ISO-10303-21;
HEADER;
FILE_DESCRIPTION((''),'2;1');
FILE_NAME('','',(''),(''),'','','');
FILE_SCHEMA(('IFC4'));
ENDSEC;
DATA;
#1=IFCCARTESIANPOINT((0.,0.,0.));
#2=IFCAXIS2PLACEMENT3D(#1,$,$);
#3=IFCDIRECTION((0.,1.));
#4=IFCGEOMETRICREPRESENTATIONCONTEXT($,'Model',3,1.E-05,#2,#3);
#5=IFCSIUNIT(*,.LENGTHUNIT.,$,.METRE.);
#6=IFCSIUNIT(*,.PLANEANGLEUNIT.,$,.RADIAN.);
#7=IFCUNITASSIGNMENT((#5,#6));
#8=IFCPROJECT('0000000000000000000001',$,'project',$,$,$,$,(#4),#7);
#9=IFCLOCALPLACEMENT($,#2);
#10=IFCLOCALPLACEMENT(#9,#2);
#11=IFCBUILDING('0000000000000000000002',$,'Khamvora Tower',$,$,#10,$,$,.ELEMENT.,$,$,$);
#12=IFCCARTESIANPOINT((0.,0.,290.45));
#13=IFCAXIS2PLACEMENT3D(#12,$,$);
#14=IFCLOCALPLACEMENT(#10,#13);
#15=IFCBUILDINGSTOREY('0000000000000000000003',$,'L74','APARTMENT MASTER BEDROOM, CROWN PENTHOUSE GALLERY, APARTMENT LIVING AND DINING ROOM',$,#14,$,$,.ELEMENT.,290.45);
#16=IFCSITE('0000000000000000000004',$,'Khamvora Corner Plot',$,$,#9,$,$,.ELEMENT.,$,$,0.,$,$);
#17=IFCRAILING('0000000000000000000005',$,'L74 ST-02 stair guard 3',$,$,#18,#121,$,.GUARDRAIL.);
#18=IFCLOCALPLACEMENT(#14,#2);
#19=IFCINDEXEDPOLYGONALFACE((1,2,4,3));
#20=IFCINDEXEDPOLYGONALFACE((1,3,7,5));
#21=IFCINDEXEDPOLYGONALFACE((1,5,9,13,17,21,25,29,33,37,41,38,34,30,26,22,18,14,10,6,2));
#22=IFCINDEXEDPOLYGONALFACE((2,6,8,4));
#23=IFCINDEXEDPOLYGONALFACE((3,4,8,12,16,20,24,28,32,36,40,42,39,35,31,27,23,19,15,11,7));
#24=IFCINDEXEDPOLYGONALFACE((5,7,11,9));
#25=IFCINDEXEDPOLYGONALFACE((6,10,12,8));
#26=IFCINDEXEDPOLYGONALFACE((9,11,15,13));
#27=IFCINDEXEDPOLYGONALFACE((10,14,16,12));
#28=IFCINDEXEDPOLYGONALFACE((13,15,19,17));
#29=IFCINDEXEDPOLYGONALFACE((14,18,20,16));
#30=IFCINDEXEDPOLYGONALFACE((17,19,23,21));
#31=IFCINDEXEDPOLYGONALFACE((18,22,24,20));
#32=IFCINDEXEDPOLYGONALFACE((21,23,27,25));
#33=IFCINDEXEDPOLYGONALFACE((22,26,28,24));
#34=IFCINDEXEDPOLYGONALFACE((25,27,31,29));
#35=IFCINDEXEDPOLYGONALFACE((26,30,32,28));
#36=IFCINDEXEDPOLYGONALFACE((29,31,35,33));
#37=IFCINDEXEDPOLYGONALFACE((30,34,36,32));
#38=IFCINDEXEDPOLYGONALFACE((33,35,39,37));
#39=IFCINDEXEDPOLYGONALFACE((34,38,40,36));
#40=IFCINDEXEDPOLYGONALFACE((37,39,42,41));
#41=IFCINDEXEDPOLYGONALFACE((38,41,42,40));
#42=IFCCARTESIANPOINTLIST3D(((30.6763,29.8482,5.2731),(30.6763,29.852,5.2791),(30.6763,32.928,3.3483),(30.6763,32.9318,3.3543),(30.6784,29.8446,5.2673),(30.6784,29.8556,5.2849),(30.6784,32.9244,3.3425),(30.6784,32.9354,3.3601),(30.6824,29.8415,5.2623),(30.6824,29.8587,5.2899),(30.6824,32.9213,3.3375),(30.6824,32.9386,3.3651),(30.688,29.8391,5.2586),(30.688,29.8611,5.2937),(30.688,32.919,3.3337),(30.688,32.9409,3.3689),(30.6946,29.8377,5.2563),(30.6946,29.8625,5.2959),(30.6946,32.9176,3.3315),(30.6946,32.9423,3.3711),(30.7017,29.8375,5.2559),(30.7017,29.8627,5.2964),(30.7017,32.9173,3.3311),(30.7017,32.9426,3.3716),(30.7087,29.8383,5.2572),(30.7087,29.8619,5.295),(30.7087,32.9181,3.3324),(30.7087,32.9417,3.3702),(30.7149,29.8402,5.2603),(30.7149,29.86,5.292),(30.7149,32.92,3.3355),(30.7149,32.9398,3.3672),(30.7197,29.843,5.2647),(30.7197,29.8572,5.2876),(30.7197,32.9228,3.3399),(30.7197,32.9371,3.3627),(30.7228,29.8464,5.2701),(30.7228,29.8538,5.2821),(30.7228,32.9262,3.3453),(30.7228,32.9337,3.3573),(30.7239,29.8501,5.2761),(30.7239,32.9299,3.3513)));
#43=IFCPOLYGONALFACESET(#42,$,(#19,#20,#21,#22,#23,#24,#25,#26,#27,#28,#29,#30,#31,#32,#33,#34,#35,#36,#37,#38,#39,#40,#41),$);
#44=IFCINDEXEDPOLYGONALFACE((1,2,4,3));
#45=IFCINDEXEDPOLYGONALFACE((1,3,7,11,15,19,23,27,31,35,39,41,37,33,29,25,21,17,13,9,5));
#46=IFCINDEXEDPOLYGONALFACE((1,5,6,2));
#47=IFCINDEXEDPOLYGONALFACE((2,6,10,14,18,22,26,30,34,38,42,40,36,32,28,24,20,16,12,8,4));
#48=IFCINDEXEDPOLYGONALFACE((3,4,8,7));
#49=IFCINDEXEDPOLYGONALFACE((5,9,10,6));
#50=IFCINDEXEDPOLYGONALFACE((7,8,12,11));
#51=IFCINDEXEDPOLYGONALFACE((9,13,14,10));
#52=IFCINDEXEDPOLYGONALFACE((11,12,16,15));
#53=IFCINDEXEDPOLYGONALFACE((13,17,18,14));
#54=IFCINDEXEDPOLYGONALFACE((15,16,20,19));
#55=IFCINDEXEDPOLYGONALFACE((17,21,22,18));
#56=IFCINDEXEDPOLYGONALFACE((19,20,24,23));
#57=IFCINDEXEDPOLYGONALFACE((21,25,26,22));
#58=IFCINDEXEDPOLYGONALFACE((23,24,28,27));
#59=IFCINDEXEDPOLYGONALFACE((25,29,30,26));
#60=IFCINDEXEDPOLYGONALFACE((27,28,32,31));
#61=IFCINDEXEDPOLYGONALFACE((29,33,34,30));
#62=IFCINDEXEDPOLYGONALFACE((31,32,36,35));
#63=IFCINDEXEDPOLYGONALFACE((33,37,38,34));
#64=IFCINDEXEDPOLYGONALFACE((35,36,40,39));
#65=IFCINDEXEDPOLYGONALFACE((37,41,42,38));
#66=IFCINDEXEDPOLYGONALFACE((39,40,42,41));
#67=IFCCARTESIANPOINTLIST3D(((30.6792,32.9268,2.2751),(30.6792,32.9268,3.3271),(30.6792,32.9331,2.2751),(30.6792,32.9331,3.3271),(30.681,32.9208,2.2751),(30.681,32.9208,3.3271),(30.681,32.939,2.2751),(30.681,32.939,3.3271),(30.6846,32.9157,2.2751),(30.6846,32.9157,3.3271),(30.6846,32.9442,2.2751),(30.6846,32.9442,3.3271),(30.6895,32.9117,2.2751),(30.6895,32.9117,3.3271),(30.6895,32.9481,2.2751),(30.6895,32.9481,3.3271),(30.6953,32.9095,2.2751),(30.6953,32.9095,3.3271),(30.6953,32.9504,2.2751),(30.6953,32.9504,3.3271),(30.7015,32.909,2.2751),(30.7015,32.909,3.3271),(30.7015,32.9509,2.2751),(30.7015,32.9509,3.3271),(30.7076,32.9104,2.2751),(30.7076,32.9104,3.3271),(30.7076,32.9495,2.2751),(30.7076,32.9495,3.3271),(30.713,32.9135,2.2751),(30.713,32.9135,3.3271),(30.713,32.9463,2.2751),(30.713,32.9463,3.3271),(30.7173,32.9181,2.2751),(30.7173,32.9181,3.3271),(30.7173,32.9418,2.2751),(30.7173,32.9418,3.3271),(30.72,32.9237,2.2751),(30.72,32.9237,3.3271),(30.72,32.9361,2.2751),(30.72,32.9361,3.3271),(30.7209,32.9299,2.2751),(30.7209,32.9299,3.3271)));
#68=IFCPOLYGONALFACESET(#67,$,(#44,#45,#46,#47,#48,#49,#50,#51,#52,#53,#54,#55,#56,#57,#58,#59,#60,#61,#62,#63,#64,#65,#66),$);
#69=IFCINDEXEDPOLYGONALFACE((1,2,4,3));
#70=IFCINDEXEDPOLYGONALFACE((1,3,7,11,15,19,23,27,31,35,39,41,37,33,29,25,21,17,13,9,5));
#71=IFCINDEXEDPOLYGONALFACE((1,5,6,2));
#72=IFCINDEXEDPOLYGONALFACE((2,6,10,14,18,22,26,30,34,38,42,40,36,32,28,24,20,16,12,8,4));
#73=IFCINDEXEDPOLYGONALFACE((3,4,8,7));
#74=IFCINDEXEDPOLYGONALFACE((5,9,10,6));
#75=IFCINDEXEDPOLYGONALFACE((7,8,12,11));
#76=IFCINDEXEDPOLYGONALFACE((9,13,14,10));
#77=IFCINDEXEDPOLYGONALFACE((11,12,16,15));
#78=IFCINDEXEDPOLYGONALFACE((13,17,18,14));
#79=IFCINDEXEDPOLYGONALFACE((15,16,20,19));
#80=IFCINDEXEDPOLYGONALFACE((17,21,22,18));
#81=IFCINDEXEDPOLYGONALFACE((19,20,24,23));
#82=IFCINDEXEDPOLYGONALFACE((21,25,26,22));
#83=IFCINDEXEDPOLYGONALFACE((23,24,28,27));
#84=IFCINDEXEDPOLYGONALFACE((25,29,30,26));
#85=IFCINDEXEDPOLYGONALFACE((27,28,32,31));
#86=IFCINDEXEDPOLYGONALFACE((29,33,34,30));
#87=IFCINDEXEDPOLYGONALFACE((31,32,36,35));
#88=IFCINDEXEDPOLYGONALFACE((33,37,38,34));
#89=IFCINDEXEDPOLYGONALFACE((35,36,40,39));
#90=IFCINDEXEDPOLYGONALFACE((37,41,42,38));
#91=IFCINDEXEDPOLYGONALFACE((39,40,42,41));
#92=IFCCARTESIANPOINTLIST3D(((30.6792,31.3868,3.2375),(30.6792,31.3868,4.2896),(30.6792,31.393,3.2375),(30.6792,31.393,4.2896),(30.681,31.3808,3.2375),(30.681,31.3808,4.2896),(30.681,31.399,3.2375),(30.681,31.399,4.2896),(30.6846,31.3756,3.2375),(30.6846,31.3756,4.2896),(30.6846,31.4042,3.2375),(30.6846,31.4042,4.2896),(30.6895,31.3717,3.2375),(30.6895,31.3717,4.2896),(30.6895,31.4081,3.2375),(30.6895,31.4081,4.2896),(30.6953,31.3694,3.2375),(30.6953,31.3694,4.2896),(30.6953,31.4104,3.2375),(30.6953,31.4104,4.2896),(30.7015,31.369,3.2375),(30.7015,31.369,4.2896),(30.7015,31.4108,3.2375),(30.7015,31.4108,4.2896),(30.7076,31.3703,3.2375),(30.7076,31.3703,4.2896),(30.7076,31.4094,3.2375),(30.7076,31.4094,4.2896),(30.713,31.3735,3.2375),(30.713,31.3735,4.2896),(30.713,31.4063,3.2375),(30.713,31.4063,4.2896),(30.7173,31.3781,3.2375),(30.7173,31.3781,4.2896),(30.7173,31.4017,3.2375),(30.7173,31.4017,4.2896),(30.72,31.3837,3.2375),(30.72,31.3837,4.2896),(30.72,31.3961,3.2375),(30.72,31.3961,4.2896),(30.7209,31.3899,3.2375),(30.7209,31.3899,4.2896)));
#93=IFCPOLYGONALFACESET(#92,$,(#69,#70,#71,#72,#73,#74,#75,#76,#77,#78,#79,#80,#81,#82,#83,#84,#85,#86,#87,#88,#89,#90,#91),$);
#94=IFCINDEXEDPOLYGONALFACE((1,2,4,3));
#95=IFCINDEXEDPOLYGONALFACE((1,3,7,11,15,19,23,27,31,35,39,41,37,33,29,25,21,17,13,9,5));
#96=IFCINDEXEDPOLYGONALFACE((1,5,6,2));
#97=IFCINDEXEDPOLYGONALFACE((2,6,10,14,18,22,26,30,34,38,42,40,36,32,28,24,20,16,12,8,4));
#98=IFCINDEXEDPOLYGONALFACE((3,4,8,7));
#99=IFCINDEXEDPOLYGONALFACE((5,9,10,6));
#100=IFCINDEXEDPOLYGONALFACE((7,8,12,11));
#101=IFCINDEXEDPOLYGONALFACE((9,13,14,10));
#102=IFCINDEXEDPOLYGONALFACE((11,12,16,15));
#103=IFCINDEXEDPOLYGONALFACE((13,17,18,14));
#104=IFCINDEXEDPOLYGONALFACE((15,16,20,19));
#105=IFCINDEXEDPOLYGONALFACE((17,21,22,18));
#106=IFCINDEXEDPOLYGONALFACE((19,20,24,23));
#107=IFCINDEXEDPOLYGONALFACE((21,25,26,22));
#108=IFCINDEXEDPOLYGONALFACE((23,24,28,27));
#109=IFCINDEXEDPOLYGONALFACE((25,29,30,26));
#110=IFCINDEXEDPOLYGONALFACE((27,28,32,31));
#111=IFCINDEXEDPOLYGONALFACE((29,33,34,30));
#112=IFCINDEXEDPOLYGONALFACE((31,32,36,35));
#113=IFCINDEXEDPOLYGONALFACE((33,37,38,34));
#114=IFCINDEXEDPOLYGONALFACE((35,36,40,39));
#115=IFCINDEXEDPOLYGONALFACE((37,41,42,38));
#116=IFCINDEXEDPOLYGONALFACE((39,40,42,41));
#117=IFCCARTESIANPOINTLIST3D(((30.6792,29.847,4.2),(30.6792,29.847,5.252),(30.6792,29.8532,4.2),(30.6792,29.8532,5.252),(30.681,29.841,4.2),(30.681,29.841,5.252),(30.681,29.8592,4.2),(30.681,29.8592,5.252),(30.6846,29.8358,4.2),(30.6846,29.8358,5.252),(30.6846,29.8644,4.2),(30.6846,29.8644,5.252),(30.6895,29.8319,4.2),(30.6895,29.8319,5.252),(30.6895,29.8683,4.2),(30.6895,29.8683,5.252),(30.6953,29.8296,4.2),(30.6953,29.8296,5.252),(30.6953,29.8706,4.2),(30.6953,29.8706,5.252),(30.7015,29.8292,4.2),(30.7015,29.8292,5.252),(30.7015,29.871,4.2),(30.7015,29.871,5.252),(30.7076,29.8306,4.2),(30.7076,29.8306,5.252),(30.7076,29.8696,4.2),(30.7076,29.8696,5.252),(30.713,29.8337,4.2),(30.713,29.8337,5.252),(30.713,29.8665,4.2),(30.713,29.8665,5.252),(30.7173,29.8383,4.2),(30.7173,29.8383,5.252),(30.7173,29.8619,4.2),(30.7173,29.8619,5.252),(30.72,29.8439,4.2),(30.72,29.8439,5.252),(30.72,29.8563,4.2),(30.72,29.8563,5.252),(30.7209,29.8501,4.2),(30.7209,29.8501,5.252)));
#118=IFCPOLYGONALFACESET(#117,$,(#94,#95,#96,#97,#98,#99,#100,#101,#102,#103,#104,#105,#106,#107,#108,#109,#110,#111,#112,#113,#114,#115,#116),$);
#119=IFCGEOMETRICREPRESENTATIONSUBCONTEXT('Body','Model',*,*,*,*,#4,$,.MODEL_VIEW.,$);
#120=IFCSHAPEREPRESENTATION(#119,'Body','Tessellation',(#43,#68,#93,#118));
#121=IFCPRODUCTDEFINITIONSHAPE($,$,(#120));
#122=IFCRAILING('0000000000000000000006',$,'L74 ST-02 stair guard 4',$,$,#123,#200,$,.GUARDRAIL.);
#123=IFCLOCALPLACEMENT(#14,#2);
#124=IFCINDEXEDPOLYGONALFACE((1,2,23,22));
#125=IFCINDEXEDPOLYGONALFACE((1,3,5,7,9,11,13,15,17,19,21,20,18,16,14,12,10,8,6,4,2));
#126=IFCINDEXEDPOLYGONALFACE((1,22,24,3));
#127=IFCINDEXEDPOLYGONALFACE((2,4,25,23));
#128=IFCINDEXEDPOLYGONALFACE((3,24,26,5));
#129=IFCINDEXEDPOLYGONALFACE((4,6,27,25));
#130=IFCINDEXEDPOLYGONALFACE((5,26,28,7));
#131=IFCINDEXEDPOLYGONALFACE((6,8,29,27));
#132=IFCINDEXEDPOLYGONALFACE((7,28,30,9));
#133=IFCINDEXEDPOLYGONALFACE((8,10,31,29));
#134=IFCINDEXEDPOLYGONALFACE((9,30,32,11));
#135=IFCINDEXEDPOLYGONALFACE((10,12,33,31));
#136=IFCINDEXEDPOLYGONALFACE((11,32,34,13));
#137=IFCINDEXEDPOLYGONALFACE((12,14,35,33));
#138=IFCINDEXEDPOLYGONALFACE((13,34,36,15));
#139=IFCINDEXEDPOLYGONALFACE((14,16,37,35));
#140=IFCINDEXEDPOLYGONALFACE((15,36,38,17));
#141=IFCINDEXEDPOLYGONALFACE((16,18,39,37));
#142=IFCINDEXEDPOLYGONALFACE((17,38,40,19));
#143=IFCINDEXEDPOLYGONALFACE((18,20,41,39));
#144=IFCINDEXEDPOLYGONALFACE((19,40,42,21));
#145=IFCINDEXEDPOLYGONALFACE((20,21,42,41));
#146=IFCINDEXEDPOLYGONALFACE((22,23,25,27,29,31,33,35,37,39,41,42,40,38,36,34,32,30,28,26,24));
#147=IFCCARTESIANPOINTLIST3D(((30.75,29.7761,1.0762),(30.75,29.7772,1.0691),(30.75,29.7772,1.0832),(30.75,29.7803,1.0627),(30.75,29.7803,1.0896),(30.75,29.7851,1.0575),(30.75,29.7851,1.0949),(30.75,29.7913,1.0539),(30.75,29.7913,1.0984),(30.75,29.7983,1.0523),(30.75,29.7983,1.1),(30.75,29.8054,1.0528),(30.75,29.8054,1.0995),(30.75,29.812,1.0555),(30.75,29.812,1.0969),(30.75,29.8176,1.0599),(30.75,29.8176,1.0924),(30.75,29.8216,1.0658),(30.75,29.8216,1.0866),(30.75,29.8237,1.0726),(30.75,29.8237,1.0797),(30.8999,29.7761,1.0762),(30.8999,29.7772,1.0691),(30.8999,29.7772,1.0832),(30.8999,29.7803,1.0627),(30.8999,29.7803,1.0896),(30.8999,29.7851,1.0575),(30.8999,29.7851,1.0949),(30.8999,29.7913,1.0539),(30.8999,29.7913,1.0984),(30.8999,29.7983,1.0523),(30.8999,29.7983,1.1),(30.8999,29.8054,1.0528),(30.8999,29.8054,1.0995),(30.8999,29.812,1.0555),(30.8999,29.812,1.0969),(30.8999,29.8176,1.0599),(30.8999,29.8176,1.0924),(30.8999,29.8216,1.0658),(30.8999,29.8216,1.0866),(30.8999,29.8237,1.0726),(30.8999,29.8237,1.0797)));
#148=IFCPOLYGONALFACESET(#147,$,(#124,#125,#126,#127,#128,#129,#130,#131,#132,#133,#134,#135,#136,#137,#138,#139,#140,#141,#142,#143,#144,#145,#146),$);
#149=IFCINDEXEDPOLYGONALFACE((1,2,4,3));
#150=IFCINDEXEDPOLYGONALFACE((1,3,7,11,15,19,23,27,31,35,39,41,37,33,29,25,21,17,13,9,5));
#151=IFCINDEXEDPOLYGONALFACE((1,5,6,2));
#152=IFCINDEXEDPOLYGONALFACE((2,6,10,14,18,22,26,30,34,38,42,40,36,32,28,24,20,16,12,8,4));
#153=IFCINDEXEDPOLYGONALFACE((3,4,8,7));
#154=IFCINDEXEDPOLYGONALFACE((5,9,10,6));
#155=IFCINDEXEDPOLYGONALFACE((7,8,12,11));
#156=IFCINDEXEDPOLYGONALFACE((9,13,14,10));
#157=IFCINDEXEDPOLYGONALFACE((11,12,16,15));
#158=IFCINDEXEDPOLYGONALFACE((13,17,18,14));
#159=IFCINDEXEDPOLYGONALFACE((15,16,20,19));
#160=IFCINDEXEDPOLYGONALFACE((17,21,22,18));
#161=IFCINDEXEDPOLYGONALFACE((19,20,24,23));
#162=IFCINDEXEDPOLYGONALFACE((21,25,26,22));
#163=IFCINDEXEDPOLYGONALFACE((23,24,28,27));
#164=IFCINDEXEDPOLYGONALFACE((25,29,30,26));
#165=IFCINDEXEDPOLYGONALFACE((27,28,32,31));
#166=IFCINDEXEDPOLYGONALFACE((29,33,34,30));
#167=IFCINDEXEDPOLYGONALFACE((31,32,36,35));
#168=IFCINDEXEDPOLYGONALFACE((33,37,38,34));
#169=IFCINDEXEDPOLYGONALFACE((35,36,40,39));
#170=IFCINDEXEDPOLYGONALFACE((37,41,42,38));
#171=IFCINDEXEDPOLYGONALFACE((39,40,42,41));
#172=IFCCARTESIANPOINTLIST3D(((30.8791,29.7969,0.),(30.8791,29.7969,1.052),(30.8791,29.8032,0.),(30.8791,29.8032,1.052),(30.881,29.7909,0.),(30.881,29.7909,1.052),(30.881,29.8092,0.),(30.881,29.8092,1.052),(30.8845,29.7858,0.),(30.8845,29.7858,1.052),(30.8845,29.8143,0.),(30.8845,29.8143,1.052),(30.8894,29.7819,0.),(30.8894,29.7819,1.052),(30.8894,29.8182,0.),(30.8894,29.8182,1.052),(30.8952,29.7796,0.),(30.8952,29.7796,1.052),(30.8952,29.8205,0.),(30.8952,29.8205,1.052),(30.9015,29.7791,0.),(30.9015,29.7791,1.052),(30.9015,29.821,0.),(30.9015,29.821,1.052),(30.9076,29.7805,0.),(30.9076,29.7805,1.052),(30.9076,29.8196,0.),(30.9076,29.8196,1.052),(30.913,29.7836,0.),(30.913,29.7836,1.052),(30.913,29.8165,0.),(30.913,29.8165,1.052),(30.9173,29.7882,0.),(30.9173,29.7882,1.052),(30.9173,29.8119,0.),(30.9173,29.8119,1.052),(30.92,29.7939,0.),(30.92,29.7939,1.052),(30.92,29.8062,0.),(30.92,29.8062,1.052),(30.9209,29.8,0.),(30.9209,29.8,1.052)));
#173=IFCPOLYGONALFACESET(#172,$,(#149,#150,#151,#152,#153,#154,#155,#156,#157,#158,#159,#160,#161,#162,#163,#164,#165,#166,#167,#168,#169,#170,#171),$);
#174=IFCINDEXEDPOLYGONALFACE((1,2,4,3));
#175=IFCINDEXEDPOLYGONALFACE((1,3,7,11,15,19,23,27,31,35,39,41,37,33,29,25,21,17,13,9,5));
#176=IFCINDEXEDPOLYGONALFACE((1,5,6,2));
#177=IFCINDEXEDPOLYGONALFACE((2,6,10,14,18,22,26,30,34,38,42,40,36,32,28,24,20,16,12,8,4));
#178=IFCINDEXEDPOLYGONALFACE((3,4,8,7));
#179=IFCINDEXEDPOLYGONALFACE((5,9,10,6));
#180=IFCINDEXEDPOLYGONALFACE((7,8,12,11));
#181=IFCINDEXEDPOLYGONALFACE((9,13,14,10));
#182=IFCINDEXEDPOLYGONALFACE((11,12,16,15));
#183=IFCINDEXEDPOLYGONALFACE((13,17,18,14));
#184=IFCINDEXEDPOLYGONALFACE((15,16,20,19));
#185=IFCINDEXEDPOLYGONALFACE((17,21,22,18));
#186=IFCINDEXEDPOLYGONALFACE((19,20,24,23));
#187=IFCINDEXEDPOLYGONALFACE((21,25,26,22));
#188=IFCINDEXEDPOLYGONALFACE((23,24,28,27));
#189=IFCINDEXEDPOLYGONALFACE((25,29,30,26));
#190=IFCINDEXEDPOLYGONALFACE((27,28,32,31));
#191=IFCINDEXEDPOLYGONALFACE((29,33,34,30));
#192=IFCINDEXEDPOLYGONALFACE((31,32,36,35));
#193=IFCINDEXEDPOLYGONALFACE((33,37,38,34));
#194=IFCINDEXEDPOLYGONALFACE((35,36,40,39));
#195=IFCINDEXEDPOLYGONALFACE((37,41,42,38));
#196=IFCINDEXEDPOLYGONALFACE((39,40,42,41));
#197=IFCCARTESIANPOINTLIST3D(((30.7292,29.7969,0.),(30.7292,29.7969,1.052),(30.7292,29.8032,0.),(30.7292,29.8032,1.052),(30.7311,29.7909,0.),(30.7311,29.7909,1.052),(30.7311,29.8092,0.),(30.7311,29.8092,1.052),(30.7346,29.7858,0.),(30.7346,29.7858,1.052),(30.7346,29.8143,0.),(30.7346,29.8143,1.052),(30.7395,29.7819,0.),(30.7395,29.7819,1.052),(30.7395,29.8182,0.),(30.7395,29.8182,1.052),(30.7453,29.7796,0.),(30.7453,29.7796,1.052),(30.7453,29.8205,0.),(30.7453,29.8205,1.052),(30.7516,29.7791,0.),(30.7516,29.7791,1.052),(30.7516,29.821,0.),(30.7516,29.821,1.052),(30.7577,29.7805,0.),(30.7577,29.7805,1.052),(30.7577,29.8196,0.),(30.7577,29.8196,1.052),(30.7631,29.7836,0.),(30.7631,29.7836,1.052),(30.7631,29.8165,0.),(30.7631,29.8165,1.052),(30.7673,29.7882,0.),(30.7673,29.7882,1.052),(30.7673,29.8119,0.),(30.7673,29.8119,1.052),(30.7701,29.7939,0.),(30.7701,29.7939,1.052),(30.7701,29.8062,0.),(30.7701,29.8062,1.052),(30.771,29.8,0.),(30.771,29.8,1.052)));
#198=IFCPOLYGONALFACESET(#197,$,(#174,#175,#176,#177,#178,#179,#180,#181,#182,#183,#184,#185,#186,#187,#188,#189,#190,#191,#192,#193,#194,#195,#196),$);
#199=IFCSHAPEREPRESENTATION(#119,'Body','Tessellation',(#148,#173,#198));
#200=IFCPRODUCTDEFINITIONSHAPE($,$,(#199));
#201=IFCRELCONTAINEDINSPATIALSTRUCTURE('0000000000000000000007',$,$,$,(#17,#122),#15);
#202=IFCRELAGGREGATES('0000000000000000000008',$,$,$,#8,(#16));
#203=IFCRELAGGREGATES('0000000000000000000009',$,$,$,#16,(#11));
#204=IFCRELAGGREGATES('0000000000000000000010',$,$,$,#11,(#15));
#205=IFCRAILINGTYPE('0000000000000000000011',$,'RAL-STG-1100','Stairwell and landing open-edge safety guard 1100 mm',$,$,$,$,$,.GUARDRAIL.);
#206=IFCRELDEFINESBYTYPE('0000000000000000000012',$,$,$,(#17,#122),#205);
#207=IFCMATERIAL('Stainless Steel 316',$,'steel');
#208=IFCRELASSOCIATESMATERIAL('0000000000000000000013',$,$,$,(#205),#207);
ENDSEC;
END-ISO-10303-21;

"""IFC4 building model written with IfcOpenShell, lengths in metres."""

from ifc_helpers import new_model, si_unit, direction, frame, origin, origin_2d, place, context, subcontext, project, spatial, circle, extrude, material, type_object, element, save


model = new_model("IFC4")

# Units and contexts
model_context = context("Model", 3, precision=1e-05, world=origin(), true_north=direction((0.0, 1.0)))
body_context = subcontext(model_context, "Body", "Model", "MODEL_VIEW")
ifc_project = project(units=[si_unit("LENGTHUNIT", "METRE"), si_unit("PLANEANGLEUNIT", "RADIAN")], contexts=[model_context])

# Site, building, storey
site_placement = place(None, origin())
site = spatial("IfcSite", under=ifc_project, at=site_placement, Name="Khamvora Corner Plot", CompositionType="ELEMENT", RefElevation=0.0)
building_placement = place(site_placement, origin())
building = spatial("IfcBuilding", under=site, at=building_placement, Name="Khamvora Tower", CompositionType="ELEMENT")
storey_placement = place(building_placement, frame((0.0, 0.0, 290.45)))
storey = spatial("IfcBuildingStorey", under=building, at=storey_placement, Name="L74", Description="APARTMENT MASTER BEDROOM, CROWN PENTHOUSE GALLERY, APARTMENT LIVING AND DINING ROOM", CompositionType="ELEMENT", Elevation=290.45)

# Railings
ifc_material_1 = material(Name="Stainless Steel 316", Category="steel")
railing_type_1 = type_object("IfcRailingType", Name="RAL-STG-1100", Description="Stairwell and landing open-edge safety guard 1100 mm", PredefinedType="GUARDRAIL", material=ifc_material_1)
railing_1_placement = place(storey_placement, frame((30.7, 32.9299, 2.2751)))
element("IfcRailing", 1, at=railing_1_placement, inside=storey, type_object=railing_type_1, Name="L74 ST-02 stair guard 3", PredefinedType="GUARDRAIL", context=body_context, shape_type="SweptSolid", body=[
    extrude(circle(Radius=0.0239, at=origin_2d()), frame((0.0, 0.0, 1.0762), z_axis=(0.0, -0.84801, 0.529981), x_axis=(1.0, 0.0, 0.0)), (0.0, 0.0, 1.0), 3.6318),
    extrude(circle(Radius=0.021, at=origin_2d()), origin(), (0.0, 0.0, 1.0), 1.052),
    extrude(circle(Radius=0.021, at=origin_2d()), frame((0.0, -1.54, 0.9624)), (0.0, 0.0, 1.0), 1.052),
    extrude(circle(Radius=0.021, at=origin_2d()), frame((0.0, -3.0798, 1.9248)), (0.0, 0.0, 1.0), 1.052),
])
railing_2_placement = place(storey_placement, frame((30.8999, 29.8, 0.0)))
element("IfcRailing", 2, at=railing_2_placement, inside=storey, type_object=railing_type_1, Name="L74 ST-02 stair guard 4", PredefinedType="GUARDRAIL", context=body_context, shape_type="SweptSolid", body=[
    extrude(circle(Radius=0.0239, at=origin_2d()), frame((0.0, 0.0, 1.0762), z_axis=(-1.0, 0.0, 0.0), x_axis=(0.0, -1.0, 0.0)), (0.0, 0.0, 1.0), 0.1499),
    extrude(circle(Radius=0.021, at=origin_2d()), origin(), (0.0, 0.0, 1.0), 1.052),
    extrude(circle(Radius=0.021, at=origin_2d()), frame((-0.1499, 0.0, 0.0)), (0.0, 0.0, 1.0), 1.052),
])

save(model, "model.ifc")
